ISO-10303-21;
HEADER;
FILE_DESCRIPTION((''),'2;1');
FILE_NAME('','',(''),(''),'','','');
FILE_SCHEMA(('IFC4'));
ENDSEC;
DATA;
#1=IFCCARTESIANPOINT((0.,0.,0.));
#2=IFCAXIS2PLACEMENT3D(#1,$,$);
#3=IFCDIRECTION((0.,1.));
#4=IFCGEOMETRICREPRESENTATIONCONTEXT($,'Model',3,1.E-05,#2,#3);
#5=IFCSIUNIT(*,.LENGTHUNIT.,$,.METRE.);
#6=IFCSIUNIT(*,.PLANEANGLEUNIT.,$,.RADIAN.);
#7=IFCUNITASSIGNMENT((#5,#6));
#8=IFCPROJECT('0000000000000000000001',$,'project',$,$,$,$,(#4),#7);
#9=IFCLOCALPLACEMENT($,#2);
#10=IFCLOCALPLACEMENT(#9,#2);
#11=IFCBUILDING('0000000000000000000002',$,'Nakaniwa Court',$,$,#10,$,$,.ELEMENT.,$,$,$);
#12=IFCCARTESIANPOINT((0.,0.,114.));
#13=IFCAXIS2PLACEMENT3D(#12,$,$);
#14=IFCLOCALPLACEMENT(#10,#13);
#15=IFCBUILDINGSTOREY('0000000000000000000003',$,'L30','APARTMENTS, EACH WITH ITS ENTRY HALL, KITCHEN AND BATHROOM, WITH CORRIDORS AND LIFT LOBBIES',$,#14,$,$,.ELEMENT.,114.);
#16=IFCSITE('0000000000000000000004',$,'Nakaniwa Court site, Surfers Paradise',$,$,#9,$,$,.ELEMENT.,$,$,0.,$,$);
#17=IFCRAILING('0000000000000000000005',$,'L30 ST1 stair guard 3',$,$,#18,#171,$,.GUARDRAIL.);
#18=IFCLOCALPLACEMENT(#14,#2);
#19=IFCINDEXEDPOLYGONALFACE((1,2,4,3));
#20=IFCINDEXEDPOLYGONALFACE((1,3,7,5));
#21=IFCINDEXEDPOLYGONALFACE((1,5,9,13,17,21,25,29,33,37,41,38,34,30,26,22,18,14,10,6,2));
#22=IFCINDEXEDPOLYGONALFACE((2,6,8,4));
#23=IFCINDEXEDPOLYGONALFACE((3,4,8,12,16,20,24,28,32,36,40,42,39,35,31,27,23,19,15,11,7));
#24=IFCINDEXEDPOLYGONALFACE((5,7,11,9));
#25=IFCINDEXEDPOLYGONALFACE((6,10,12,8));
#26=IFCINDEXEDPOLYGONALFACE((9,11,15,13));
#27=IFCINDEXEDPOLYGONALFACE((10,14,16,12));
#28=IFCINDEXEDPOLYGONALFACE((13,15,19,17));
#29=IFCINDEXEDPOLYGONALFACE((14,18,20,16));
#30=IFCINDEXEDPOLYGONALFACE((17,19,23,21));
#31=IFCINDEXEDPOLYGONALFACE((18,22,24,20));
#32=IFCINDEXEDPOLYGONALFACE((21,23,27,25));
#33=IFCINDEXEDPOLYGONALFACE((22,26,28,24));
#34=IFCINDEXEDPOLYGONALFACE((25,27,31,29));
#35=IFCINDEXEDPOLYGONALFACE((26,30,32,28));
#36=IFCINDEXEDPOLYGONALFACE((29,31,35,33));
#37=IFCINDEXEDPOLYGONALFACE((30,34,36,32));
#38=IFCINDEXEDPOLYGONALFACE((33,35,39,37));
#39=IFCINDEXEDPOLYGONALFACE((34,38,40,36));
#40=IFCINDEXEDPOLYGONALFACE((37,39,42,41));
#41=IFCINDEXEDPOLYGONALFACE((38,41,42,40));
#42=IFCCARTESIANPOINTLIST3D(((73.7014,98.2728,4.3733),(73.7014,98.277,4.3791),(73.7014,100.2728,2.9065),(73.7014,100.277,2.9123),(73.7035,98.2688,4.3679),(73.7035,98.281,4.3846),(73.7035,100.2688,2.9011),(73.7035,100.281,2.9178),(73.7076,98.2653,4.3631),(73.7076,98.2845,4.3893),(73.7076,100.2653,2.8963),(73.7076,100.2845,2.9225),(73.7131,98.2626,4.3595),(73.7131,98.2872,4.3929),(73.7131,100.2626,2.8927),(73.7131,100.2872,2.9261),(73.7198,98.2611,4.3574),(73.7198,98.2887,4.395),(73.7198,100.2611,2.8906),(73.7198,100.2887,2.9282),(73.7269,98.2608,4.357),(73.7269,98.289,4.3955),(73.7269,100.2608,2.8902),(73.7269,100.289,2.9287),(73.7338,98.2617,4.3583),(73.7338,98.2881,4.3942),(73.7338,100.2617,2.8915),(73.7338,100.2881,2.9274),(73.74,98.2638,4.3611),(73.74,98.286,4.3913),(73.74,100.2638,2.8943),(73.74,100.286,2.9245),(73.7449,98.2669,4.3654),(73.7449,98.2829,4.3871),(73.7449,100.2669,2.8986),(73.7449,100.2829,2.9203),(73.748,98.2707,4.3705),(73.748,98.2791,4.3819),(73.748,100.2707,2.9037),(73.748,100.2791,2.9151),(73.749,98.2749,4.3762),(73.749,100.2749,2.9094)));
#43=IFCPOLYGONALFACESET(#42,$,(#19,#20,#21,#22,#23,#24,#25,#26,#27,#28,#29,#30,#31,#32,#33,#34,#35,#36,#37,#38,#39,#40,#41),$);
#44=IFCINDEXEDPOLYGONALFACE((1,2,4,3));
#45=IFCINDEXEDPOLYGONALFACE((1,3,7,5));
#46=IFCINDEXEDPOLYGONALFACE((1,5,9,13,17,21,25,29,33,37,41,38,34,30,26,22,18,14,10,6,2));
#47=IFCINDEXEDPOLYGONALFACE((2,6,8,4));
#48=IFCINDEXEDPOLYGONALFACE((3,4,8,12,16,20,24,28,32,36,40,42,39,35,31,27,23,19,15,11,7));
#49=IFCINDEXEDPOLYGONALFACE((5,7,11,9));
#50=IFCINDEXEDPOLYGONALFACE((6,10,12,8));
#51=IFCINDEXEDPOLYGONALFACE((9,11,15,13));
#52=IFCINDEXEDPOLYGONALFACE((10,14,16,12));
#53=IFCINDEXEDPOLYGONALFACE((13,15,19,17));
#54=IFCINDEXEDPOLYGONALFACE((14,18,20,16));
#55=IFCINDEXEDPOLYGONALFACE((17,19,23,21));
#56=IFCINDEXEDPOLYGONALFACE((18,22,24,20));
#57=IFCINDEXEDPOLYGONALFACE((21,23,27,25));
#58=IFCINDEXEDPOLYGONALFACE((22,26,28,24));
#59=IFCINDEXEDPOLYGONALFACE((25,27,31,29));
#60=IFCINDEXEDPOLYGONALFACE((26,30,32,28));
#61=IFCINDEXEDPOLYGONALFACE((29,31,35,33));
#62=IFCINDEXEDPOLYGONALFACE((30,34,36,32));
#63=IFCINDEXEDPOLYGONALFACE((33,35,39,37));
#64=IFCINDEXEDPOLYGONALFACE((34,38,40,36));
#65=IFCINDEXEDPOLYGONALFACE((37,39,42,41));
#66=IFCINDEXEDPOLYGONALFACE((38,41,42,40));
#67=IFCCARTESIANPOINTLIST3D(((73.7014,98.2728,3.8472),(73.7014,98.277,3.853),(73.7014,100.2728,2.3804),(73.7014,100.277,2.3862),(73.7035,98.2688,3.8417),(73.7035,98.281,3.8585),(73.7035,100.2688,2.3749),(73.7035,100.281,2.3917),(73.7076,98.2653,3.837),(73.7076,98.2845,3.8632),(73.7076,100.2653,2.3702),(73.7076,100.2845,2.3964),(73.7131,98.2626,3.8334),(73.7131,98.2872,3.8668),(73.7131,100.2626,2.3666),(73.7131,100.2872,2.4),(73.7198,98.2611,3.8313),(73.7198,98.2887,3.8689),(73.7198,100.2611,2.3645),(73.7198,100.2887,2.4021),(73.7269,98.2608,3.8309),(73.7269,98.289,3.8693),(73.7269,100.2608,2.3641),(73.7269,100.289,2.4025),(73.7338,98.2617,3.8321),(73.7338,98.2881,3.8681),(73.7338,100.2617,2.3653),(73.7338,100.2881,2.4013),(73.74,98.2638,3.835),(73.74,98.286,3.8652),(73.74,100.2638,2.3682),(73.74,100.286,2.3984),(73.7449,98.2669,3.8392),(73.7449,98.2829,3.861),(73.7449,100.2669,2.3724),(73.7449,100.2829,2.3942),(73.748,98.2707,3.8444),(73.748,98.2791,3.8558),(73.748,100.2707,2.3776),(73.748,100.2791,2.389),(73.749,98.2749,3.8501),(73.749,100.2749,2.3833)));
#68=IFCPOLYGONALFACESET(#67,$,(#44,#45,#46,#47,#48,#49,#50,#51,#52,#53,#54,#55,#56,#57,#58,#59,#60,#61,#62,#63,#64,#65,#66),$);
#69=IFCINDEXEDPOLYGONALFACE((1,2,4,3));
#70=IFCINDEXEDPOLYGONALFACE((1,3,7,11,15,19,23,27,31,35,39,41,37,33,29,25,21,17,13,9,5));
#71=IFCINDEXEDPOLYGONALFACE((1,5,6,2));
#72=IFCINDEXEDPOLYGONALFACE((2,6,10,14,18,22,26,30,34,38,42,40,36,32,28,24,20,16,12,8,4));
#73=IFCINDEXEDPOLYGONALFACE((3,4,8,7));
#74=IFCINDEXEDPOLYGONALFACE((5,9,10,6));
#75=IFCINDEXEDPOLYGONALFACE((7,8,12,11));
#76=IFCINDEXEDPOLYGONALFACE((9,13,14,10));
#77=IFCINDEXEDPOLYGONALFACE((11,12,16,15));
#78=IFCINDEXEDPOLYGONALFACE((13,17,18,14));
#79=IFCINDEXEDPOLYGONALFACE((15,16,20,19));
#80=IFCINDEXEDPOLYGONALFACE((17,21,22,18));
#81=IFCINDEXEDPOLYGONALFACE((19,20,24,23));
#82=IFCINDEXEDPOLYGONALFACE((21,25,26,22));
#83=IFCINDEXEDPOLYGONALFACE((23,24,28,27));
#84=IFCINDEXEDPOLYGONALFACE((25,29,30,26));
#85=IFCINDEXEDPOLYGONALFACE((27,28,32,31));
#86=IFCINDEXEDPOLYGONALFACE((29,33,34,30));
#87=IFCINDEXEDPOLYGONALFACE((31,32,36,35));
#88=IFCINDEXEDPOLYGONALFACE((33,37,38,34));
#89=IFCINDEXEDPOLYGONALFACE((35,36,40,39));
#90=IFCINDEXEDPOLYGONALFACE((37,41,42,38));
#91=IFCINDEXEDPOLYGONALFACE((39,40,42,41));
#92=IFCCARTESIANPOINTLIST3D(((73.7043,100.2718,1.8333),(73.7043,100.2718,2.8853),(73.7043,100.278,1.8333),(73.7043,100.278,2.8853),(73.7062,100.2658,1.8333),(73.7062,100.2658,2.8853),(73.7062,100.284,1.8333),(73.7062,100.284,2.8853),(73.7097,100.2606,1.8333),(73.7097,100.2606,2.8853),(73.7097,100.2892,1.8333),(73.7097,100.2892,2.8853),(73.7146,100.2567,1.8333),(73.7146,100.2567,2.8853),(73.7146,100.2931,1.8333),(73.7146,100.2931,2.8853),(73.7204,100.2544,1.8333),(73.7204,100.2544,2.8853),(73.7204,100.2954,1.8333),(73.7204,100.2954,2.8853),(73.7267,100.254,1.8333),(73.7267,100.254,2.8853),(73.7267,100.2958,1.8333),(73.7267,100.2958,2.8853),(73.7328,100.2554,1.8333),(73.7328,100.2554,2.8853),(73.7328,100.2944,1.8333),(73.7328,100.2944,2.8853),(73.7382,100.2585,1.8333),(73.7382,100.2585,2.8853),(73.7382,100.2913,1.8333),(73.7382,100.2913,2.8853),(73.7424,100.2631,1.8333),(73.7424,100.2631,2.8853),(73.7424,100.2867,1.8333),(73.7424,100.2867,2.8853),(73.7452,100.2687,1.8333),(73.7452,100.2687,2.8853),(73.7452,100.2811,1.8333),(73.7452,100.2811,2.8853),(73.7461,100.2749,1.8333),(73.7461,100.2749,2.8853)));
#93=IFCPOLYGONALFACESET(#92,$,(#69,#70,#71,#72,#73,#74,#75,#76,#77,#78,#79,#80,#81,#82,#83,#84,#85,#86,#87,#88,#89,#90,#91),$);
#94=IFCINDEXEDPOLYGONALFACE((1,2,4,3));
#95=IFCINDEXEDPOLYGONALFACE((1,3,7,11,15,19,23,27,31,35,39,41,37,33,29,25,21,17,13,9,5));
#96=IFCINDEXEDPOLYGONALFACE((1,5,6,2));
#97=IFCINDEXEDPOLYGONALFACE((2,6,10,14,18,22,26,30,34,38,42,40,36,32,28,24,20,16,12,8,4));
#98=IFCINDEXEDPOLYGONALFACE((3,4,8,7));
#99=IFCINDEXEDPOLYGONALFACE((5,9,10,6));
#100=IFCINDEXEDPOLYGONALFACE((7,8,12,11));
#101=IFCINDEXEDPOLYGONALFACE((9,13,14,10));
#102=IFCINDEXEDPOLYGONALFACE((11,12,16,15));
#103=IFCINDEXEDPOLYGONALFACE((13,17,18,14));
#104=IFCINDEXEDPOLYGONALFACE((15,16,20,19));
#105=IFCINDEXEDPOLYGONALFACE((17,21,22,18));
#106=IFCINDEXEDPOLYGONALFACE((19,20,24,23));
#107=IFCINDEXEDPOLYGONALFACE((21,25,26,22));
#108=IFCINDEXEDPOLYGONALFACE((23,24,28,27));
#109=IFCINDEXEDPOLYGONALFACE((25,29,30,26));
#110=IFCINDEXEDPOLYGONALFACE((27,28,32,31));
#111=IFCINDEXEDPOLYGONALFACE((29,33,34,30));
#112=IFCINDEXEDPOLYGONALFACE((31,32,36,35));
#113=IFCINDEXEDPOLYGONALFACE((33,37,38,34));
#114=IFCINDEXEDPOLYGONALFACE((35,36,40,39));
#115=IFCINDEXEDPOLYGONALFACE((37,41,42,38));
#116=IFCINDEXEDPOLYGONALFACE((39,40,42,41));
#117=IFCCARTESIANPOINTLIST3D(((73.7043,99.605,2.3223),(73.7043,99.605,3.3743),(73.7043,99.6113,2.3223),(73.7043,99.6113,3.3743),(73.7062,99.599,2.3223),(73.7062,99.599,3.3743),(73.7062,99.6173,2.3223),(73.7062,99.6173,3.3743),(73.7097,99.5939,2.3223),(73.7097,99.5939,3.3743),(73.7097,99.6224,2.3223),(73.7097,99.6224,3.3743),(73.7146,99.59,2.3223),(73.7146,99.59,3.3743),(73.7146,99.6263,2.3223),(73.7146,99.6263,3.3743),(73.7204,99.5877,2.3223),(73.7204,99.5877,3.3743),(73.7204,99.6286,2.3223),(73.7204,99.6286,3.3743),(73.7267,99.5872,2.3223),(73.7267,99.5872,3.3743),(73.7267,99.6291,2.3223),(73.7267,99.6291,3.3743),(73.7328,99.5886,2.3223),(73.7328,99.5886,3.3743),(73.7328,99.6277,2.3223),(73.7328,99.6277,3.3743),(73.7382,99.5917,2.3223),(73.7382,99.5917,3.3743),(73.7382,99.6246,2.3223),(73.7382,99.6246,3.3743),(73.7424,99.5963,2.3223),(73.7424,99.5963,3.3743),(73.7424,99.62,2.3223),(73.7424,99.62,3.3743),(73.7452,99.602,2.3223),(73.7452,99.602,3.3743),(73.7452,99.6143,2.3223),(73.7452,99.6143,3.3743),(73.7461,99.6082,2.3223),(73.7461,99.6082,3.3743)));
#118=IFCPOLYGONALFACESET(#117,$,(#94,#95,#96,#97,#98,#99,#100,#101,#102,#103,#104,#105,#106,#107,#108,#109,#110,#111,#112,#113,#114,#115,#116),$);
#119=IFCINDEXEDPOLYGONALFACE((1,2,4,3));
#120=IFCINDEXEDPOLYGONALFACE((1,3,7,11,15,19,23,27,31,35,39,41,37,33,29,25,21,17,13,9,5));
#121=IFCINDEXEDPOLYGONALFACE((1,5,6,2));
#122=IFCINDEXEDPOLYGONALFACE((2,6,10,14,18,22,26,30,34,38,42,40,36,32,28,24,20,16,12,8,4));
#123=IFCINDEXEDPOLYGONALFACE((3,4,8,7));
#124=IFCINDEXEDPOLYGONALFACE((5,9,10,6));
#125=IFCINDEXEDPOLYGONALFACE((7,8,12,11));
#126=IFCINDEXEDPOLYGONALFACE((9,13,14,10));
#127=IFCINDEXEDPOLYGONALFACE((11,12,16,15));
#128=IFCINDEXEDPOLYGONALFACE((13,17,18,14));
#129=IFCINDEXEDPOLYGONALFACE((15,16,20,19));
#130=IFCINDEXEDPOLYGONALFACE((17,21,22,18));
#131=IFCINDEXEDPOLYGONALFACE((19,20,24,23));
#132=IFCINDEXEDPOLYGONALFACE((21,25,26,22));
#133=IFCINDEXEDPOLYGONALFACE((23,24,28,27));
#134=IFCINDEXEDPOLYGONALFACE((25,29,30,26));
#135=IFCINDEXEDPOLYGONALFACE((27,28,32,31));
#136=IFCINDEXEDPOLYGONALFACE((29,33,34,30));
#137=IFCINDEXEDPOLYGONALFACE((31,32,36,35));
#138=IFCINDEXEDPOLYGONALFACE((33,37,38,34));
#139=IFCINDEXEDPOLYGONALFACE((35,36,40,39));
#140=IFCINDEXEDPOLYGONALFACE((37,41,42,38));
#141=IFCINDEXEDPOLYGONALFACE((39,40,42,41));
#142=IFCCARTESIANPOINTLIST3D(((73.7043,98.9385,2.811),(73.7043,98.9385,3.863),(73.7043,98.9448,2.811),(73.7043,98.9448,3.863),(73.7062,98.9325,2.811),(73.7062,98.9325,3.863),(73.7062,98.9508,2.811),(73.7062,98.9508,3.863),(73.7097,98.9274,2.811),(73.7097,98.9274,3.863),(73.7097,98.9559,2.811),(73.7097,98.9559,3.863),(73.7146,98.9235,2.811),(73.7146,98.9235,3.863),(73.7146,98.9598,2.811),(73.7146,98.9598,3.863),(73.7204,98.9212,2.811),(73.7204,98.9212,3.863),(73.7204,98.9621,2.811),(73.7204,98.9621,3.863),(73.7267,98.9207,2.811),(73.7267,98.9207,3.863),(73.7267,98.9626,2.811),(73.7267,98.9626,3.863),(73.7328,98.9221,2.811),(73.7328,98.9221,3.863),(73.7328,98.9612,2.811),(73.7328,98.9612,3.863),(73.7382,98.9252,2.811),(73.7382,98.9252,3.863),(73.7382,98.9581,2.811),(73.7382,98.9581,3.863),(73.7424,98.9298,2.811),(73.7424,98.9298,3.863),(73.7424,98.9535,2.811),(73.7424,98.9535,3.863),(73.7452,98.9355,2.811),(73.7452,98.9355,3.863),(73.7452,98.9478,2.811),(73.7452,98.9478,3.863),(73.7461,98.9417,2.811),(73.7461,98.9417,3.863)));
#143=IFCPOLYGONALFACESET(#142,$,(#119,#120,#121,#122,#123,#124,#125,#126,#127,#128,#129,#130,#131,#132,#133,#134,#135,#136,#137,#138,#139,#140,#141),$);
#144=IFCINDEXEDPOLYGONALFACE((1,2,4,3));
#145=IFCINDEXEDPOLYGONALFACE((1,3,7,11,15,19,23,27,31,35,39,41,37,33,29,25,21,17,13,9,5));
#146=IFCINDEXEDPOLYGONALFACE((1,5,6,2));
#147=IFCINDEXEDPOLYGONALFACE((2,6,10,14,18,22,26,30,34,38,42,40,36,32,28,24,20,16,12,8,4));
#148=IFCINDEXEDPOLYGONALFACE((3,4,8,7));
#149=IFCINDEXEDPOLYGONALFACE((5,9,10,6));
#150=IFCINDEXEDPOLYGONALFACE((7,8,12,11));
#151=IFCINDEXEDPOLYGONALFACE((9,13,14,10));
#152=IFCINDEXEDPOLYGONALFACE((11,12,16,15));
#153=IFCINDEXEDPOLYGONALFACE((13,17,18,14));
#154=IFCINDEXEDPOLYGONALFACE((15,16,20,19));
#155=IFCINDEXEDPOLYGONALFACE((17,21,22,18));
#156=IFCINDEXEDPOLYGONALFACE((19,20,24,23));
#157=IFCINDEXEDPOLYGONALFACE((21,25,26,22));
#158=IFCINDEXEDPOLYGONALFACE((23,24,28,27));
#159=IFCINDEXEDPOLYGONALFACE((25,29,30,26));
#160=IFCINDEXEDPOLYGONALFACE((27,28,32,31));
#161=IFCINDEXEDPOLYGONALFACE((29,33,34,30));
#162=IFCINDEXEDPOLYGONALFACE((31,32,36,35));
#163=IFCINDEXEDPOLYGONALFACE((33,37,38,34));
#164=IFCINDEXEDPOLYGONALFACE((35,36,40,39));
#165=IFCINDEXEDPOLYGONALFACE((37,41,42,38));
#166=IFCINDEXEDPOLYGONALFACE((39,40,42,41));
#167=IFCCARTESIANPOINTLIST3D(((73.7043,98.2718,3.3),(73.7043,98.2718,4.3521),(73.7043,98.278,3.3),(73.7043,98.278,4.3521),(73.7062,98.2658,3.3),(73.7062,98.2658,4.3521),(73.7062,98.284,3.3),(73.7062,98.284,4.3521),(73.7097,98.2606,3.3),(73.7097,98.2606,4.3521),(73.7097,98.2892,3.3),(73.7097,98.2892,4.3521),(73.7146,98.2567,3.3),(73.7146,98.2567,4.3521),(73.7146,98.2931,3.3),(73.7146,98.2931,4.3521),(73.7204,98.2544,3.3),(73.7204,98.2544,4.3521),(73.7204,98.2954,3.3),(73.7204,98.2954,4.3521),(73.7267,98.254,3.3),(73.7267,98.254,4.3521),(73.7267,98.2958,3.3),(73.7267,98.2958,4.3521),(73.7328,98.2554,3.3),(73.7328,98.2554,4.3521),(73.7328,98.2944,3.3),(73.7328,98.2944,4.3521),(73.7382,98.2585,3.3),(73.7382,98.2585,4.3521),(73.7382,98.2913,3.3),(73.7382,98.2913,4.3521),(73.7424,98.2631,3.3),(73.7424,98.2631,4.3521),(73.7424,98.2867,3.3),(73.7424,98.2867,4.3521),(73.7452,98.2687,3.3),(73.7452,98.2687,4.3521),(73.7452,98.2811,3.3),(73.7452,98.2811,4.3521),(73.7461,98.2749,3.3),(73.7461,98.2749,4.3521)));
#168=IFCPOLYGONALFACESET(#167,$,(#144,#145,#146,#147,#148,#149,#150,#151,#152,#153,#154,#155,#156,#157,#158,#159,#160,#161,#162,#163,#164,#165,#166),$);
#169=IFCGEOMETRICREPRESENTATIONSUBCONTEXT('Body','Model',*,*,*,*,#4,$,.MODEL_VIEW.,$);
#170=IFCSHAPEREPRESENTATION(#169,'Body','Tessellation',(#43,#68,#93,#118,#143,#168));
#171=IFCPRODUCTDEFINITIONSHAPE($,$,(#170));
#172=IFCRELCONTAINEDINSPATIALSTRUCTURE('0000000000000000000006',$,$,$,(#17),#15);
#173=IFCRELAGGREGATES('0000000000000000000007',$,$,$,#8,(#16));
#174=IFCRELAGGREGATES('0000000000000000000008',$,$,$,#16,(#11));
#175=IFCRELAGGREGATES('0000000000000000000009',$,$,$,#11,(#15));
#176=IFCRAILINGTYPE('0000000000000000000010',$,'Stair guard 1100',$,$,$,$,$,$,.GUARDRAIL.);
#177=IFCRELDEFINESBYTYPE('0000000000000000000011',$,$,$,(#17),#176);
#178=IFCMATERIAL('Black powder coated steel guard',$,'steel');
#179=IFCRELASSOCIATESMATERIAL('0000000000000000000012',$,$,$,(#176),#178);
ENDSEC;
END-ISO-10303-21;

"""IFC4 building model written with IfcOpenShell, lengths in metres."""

from ifc_helpers import new_model, si_unit, direction, frame, origin, origin_2d, place, context, subcontext, project, spatial, circle, extrude, material, type_object, element, save


model = new_model("IFC4")

# Units and contexts
model_context = context("Model", 3, precision=1e-05, world=origin(), true_north=direction((0.0, 1.0)))
body_context = subcontext(model_context, "Body", "Model", "MODEL_VIEW")
ifc_project = project(units=[si_unit("LENGTHUNIT", "METRE"), si_unit("PLANEANGLEUNIT", "RADIAN")], contexts=[model_context])

# Site, building, storey
site_placement = place(None, origin())
site = spatial("IfcSite", under=ifc_project, at=site_placement, Name="Nakaniwa Court site, Surfers Paradise", CompositionType="ELEMENT", RefElevation=0.0)
building_placement = place(site_placement, origin())
building = spatial("IfcBuilding", under=site, at=building_placement, Name="Nakaniwa Court", CompositionType="ELEMENT")
storey_placement = place(building_placement, frame((0.0, 0.0, 114.0)))
storey = spatial("IfcBuildingStorey", under=building, at=storey_placement, Name="L30", Description="APARTMENTS, EACH WITH ITS ENTRY HALL, KITCHEN AND BATHROOM, WITH CORRIDORS AND LIFT LOBBIES", CompositionType="ELEMENT", Elevation=114.0)

# Railing
ifc_material_1 = material(Name="Black powder coated steel guard", Category="steel")
railing_type_1 = type_object("IfcRailingType", Name="Stair guard 1100", PredefinedType="GUARDRAIL", material=ifc_material_1)
railing_1_placement = place(storey_placement, frame((73.7251, 100.2749, 1.8333)))
element("IfcRailing", 1, at=railing_1_placement, inside=storey, type_object=railing_type_1, Name="L30 ST1 stair guard 3", PredefinedType="GUARDRAIL", context=body_context, shape_type="SweptSolid", body=[
    extrude(circle(Radius=0.0239, at=origin_2d()), frame((0.0, 0.0, 1.0762), z_axis=(0.0, -0.80638, 0.591398), x_axis=(1.0, 0.0, 0.0)), (0.0, 0.0, 1.0), 2.4802),
    extrude(circle(Radius=0.0239, at=origin_2d()), frame((0.0, 0.0, 0.55), z_axis=(0.0, -0.80638, 0.591398), x_axis=(1.0, 0.0, 0.0)), (0.0, 0.0, 1.0), 2.4802),
    extrude(circle(Radius=0.021, at=origin_2d()), origin(), (0.0, 0.0, 1.0), 1.052),
    extrude(circle(Radius=0.021, at=origin_2d()), frame((0.0, -0.6667, 0.489)), (0.0, 0.0, 1.0), 1.052),
    extrude(circle(Radius=0.021, at=origin_2d()), frame((0.0, -1.3333, 0.9778)), (0.0, 0.0, 1.0), 1.052),
    extrude(circle(Radius=0.021, at=origin_2d()), frame((0.0, -2.0, 1.4668)), (0.0, 0.0, 1.0), 1.052),
])

save(model, "model.ifc")
